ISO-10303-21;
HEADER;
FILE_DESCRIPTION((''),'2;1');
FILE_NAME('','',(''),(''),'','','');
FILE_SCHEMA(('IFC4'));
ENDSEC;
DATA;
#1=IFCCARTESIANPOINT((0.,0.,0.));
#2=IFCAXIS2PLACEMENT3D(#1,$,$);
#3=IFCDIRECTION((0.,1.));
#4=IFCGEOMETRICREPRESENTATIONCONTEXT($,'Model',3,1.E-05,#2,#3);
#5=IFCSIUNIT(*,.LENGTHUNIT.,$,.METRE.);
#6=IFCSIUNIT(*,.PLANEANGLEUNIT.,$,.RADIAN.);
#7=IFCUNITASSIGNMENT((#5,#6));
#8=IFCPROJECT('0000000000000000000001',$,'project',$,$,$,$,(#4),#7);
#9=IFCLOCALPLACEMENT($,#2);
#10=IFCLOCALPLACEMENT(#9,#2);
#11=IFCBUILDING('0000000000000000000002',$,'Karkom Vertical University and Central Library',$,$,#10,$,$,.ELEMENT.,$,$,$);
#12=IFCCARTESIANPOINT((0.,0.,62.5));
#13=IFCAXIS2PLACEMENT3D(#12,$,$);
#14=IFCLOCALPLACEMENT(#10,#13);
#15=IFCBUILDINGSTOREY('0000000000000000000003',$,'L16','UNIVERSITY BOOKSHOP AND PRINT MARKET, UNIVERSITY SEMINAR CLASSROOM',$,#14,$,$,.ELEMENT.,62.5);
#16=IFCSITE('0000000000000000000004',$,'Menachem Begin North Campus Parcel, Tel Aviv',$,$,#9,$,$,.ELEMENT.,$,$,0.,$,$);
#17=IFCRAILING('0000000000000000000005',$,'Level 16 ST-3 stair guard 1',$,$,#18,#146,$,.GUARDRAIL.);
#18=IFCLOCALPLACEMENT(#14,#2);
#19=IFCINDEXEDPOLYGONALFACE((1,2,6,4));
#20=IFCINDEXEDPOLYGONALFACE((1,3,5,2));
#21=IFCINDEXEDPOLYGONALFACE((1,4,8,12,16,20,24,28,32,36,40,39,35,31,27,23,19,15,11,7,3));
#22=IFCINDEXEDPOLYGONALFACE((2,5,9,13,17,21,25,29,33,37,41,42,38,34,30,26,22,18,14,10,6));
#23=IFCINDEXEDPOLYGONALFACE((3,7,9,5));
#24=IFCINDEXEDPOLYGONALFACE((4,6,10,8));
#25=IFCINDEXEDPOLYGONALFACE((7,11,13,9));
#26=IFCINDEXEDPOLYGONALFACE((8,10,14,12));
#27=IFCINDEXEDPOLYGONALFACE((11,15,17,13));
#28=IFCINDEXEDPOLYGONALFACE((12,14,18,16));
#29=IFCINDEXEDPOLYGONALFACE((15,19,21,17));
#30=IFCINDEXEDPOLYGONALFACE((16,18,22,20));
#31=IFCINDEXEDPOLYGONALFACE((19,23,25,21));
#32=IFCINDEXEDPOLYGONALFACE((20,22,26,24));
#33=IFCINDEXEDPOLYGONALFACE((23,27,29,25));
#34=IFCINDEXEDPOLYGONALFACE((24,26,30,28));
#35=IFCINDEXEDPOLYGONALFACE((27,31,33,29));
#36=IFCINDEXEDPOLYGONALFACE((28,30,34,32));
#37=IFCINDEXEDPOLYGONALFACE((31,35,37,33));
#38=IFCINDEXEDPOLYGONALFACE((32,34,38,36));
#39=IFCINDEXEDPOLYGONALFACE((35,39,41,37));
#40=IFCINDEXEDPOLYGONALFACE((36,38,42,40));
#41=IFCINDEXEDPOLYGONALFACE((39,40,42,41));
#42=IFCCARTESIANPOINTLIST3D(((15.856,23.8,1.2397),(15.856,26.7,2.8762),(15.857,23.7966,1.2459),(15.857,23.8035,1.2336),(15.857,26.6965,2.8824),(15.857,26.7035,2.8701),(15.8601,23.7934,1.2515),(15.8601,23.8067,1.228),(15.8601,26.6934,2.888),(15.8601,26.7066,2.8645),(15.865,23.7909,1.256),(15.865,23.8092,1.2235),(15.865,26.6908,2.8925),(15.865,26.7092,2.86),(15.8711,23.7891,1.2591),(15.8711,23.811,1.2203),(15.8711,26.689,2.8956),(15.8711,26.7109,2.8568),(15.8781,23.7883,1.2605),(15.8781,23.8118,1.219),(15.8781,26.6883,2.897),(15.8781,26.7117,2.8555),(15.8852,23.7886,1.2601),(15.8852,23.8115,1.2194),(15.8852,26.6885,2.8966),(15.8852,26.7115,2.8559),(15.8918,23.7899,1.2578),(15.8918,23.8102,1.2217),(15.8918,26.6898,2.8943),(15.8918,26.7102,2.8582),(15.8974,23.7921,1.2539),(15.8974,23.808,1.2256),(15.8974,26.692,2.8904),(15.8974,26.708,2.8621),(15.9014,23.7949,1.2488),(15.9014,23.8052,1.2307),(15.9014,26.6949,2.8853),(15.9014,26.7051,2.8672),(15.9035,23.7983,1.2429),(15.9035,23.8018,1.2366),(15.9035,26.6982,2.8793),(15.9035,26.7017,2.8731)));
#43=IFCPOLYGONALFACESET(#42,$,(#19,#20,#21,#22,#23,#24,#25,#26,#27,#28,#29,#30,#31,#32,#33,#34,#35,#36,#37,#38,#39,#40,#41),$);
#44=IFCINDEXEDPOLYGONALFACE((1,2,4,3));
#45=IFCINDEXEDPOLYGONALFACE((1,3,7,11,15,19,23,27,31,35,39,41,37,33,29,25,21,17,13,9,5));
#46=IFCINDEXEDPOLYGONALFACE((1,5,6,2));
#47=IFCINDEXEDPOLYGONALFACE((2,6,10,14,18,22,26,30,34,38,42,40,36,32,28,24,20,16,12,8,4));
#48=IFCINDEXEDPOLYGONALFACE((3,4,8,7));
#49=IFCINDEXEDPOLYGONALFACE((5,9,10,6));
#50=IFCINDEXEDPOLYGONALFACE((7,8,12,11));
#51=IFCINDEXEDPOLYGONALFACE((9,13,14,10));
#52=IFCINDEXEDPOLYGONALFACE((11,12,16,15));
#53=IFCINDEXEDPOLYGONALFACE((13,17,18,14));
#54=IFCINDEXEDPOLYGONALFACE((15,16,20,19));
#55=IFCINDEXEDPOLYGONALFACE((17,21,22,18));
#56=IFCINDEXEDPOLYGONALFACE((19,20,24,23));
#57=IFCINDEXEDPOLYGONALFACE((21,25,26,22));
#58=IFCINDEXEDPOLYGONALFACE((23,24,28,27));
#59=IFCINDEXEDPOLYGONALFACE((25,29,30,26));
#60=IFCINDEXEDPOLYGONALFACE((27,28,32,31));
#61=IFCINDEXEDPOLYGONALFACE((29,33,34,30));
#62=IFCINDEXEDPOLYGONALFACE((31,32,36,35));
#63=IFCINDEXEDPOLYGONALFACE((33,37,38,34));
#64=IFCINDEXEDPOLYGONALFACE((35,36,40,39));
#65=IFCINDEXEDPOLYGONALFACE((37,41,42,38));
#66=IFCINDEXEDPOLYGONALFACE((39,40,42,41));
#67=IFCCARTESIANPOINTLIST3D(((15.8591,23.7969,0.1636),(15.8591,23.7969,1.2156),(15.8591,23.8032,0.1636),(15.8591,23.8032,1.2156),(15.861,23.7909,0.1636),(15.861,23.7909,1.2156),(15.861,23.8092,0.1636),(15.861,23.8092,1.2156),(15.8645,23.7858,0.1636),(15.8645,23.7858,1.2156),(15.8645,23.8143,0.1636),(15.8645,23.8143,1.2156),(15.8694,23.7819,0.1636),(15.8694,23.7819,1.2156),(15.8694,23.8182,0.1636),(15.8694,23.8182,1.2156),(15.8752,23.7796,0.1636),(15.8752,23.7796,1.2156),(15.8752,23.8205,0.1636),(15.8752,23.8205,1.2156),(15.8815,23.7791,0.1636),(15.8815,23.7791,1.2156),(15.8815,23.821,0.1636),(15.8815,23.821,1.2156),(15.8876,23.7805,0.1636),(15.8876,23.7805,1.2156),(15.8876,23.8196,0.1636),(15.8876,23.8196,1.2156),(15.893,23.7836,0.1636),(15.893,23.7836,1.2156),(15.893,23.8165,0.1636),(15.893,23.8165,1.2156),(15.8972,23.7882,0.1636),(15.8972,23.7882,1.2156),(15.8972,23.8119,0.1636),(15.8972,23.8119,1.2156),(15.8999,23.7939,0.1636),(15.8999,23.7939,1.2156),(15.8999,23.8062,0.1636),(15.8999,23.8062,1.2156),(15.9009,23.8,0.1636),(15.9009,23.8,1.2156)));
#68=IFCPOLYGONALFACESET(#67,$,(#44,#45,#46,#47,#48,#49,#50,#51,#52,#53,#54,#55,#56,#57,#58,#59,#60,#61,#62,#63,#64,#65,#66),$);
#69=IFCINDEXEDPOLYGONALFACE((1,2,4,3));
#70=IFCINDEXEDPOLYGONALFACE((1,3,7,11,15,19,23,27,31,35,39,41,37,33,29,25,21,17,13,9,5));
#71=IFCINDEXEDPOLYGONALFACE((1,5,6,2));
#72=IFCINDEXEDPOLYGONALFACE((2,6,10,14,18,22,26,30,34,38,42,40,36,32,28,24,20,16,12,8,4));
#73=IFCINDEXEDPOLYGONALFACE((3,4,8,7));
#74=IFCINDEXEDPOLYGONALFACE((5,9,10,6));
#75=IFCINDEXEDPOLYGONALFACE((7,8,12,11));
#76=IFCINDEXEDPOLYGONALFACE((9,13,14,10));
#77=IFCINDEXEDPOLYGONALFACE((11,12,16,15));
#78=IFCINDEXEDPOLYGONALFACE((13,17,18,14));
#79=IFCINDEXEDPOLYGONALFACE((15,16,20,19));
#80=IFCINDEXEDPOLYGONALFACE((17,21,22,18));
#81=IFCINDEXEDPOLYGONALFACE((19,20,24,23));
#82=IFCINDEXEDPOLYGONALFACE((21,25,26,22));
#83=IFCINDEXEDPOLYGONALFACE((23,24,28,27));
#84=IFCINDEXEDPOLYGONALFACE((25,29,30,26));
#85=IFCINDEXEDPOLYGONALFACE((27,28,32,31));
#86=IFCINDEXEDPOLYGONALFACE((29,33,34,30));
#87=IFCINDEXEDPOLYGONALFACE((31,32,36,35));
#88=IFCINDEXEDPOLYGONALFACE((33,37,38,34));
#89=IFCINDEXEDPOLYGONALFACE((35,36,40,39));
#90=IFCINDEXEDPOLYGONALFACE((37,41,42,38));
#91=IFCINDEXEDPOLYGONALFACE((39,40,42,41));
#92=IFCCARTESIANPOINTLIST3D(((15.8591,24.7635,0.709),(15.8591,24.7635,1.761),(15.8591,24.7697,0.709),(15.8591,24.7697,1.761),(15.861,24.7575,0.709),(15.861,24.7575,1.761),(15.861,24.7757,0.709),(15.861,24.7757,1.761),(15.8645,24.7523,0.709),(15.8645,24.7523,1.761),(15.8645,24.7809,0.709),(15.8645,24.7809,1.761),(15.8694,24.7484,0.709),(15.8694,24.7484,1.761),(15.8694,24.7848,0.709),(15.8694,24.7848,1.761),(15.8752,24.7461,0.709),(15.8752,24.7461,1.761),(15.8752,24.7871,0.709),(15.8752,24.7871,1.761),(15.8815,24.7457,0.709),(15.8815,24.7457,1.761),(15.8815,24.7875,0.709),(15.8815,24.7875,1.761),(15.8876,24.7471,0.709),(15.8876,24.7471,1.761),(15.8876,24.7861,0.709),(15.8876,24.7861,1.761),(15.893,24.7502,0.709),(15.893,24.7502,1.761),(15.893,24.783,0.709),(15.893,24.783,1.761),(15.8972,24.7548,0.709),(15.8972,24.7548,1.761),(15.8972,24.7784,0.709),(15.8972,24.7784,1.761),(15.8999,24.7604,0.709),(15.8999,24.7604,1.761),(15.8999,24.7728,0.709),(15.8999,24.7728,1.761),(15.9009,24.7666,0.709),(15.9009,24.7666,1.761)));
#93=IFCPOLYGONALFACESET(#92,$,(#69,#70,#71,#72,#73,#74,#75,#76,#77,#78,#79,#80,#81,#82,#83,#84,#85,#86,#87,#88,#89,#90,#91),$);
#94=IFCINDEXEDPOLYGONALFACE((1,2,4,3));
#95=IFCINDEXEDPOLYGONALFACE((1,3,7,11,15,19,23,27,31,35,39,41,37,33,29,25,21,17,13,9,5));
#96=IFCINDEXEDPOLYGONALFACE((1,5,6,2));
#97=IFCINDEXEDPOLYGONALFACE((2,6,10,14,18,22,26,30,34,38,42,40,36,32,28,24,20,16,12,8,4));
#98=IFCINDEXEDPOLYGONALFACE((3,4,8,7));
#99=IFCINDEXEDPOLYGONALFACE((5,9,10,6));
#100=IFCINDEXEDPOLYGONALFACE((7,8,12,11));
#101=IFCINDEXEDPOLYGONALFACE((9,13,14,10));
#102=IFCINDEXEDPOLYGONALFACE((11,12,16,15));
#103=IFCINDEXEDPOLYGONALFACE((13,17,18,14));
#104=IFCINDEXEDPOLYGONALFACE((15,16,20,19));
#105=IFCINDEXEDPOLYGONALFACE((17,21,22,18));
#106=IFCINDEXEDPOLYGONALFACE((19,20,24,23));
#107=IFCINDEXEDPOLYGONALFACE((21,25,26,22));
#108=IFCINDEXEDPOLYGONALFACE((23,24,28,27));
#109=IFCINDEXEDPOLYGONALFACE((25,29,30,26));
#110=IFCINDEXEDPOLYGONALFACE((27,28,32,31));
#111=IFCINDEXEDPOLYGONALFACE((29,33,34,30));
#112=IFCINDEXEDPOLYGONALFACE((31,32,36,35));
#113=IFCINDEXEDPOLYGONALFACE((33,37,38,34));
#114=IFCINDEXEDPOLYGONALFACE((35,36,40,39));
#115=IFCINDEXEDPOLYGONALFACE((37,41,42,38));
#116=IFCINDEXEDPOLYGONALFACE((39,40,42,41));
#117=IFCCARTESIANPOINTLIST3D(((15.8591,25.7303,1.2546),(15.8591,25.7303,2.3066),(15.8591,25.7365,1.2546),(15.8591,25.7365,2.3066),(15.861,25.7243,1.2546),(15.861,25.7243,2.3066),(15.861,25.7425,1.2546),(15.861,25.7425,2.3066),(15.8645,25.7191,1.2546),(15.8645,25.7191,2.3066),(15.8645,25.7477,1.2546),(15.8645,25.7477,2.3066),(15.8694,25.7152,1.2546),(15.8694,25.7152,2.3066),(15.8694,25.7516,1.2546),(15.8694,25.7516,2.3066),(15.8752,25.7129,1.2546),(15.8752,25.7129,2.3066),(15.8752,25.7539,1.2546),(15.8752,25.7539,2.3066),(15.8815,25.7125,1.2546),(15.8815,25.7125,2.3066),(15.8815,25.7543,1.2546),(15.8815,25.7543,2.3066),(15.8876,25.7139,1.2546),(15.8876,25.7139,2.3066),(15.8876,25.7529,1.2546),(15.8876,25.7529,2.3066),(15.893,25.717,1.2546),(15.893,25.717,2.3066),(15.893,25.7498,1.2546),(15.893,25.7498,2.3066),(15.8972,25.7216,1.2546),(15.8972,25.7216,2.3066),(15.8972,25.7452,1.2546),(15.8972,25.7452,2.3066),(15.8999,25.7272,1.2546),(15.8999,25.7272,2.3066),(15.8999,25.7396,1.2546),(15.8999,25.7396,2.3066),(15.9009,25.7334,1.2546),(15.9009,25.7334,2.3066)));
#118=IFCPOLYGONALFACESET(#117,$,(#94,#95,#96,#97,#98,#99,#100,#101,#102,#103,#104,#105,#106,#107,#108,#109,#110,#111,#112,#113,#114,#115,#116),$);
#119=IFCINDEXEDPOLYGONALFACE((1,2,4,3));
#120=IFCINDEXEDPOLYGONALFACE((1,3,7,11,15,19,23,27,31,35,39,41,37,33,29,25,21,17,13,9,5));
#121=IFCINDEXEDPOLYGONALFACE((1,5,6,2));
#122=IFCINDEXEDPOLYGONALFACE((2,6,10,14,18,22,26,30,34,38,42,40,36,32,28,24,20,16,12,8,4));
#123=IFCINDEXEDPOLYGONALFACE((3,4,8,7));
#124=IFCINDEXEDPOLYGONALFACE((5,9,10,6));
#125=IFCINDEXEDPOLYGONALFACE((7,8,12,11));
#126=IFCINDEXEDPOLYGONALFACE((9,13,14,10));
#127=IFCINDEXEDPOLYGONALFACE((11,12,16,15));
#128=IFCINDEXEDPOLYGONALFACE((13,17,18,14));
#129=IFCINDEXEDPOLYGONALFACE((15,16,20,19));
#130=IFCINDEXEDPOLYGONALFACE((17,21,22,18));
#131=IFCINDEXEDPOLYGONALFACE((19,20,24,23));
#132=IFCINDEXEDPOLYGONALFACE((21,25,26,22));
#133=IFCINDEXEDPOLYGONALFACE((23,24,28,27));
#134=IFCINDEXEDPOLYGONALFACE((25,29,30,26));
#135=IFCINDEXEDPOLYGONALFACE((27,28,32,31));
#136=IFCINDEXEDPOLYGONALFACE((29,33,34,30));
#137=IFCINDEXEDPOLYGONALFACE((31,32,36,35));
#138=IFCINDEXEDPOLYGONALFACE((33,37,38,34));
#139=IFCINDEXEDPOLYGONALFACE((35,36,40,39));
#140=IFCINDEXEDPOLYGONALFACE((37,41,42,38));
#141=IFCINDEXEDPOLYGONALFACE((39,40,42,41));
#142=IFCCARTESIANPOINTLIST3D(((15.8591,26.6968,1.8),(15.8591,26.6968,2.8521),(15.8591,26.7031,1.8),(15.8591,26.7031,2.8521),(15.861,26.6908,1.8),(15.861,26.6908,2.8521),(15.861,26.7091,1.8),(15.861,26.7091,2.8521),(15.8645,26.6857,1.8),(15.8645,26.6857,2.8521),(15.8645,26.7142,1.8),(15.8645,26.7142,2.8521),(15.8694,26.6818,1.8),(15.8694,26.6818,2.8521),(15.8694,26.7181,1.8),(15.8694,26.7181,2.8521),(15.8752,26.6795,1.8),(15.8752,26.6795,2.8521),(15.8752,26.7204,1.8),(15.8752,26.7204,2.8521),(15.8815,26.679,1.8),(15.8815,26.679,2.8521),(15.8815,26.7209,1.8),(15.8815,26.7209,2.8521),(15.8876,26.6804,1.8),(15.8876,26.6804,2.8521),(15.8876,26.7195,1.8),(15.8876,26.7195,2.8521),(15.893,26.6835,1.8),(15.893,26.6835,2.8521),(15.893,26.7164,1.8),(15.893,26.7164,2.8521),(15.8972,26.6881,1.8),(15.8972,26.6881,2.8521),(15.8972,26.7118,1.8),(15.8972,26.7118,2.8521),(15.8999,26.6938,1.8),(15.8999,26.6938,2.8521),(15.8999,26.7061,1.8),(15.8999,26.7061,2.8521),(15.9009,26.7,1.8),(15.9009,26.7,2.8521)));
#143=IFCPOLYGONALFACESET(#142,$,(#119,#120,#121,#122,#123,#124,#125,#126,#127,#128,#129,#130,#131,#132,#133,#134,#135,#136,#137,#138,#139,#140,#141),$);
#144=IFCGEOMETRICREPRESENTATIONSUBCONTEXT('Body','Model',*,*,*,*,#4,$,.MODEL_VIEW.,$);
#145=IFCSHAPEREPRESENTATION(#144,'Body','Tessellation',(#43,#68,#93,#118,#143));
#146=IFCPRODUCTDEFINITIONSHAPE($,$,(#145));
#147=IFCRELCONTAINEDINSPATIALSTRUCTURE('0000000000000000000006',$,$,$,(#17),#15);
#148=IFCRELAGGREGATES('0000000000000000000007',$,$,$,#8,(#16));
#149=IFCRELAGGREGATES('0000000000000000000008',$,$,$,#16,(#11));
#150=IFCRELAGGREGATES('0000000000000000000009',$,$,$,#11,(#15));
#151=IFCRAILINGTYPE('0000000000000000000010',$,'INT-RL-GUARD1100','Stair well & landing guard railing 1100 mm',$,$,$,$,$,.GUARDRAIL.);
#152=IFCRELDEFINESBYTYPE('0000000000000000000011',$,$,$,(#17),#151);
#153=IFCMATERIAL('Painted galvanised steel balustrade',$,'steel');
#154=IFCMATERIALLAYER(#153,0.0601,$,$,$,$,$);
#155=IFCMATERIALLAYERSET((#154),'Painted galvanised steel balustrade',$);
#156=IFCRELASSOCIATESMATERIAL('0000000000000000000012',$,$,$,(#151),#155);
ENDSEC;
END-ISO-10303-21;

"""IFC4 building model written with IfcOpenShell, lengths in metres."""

from ifc_helpers import new_model, si_unit, direction, frame, origin, origin_2d, place, context, subcontext, project, spatial, circle, extrude, material, layer, layer_set, type_object, element, save


model = new_model("IFC4")

# Units and contexts
model_context = context("Model", 3, precision=1e-05, world=origin(), true_north=direction((0.0, 1.0)))
body_context = subcontext(model_context, "Body", "Model", "MODEL_VIEW")
ifc_project = project(units=[si_unit("LENGTHUNIT", "METRE"), si_unit("PLANEANGLEUNIT", "RADIAN")], contexts=[model_context])

# Site, building, storey
site_placement = place(None, origin())
site = spatial("IfcSite", under=ifc_project, at=site_placement, Name="Menachem Begin North Campus Parcel, Tel Aviv", CompositionType="ELEMENT", RefElevation=0.0)
building_placement = place(site_placement, origin())
building = spatial("IfcBuilding", under=site, at=building_placement, Name="Karkom Vertical University and Central Library", CompositionType="ELEMENT")
storey_placement = place(building_placement, frame((0.0, 0.0, 62.5)))
storey = spatial("IfcBuildingStorey", under=building, at=storey_placement, Name="L16", Description="UNIVERSITY BOOKSHOP AND PRINT MARKET, UNIVERSITY SEMINAR CLASSROOM", CompositionType="ELEMENT", Elevation=62.5)

# Railing
ifc_material_1 = material(Name="Painted galvanised steel balustrade", Category="steel")
ifc_layer_1 = layer(ifc_material_1, 0.0601)
ifc_layer_set_1 = layer_set([ifc_layer_1], Name="Painted galvanised steel balustrade")
railing_type_1 = type_object("IfcRailingType", Name="INT-RL-GUARD1100", Description="Stair well & landing guard railing 1100 mm", PredefinedType="GUARDRAIL", material=ifc_layer_set_1)
railing_1_placement = place(storey_placement, frame((15.8799, 23.8, 0.1636)))
element("IfcRailing", 1, at=railing_1_placement, inside=storey, type_object=railing_type_1, Name="Level 16 ST-3 stair guard 1", PredefinedType="GUARDRAIL", context=body_context, shape_type="SweptSolid", body=[
    extrude(circle(Radius=0.0239, at=origin_2d()), frame((0.0, 0.0, 1.0762), z_axis=(0.0, 0.870897, 0.491465), x_axis=(-1.0, 0.0, 0.0)), (0.0, 0.0, 1.0), 3.3298),
    extrude(circle(Radius=0.021, at=origin_2d()), origin(), (0.0, 0.0, 1.0), 1.052),
    extrude(circle(Radius=0.021, at=origin_2d()), frame((0.0, 0.9666, 0.5454)), (0.0, 0.0, 1.0), 1.052),
    extrude(circle(Radius=0.021, at=origin_2d()), frame((0.0, 1.9333, 1.0911)), (0.0, 0.0, 1.0), 1.052),
    extrude(circle(Radius=0.021, at=origin_2d()), frame((0.0, 2.8999, 1.6365)), (0.0, 0.0, 1.0), 1.052),
])

save(model, "model.ifc")
